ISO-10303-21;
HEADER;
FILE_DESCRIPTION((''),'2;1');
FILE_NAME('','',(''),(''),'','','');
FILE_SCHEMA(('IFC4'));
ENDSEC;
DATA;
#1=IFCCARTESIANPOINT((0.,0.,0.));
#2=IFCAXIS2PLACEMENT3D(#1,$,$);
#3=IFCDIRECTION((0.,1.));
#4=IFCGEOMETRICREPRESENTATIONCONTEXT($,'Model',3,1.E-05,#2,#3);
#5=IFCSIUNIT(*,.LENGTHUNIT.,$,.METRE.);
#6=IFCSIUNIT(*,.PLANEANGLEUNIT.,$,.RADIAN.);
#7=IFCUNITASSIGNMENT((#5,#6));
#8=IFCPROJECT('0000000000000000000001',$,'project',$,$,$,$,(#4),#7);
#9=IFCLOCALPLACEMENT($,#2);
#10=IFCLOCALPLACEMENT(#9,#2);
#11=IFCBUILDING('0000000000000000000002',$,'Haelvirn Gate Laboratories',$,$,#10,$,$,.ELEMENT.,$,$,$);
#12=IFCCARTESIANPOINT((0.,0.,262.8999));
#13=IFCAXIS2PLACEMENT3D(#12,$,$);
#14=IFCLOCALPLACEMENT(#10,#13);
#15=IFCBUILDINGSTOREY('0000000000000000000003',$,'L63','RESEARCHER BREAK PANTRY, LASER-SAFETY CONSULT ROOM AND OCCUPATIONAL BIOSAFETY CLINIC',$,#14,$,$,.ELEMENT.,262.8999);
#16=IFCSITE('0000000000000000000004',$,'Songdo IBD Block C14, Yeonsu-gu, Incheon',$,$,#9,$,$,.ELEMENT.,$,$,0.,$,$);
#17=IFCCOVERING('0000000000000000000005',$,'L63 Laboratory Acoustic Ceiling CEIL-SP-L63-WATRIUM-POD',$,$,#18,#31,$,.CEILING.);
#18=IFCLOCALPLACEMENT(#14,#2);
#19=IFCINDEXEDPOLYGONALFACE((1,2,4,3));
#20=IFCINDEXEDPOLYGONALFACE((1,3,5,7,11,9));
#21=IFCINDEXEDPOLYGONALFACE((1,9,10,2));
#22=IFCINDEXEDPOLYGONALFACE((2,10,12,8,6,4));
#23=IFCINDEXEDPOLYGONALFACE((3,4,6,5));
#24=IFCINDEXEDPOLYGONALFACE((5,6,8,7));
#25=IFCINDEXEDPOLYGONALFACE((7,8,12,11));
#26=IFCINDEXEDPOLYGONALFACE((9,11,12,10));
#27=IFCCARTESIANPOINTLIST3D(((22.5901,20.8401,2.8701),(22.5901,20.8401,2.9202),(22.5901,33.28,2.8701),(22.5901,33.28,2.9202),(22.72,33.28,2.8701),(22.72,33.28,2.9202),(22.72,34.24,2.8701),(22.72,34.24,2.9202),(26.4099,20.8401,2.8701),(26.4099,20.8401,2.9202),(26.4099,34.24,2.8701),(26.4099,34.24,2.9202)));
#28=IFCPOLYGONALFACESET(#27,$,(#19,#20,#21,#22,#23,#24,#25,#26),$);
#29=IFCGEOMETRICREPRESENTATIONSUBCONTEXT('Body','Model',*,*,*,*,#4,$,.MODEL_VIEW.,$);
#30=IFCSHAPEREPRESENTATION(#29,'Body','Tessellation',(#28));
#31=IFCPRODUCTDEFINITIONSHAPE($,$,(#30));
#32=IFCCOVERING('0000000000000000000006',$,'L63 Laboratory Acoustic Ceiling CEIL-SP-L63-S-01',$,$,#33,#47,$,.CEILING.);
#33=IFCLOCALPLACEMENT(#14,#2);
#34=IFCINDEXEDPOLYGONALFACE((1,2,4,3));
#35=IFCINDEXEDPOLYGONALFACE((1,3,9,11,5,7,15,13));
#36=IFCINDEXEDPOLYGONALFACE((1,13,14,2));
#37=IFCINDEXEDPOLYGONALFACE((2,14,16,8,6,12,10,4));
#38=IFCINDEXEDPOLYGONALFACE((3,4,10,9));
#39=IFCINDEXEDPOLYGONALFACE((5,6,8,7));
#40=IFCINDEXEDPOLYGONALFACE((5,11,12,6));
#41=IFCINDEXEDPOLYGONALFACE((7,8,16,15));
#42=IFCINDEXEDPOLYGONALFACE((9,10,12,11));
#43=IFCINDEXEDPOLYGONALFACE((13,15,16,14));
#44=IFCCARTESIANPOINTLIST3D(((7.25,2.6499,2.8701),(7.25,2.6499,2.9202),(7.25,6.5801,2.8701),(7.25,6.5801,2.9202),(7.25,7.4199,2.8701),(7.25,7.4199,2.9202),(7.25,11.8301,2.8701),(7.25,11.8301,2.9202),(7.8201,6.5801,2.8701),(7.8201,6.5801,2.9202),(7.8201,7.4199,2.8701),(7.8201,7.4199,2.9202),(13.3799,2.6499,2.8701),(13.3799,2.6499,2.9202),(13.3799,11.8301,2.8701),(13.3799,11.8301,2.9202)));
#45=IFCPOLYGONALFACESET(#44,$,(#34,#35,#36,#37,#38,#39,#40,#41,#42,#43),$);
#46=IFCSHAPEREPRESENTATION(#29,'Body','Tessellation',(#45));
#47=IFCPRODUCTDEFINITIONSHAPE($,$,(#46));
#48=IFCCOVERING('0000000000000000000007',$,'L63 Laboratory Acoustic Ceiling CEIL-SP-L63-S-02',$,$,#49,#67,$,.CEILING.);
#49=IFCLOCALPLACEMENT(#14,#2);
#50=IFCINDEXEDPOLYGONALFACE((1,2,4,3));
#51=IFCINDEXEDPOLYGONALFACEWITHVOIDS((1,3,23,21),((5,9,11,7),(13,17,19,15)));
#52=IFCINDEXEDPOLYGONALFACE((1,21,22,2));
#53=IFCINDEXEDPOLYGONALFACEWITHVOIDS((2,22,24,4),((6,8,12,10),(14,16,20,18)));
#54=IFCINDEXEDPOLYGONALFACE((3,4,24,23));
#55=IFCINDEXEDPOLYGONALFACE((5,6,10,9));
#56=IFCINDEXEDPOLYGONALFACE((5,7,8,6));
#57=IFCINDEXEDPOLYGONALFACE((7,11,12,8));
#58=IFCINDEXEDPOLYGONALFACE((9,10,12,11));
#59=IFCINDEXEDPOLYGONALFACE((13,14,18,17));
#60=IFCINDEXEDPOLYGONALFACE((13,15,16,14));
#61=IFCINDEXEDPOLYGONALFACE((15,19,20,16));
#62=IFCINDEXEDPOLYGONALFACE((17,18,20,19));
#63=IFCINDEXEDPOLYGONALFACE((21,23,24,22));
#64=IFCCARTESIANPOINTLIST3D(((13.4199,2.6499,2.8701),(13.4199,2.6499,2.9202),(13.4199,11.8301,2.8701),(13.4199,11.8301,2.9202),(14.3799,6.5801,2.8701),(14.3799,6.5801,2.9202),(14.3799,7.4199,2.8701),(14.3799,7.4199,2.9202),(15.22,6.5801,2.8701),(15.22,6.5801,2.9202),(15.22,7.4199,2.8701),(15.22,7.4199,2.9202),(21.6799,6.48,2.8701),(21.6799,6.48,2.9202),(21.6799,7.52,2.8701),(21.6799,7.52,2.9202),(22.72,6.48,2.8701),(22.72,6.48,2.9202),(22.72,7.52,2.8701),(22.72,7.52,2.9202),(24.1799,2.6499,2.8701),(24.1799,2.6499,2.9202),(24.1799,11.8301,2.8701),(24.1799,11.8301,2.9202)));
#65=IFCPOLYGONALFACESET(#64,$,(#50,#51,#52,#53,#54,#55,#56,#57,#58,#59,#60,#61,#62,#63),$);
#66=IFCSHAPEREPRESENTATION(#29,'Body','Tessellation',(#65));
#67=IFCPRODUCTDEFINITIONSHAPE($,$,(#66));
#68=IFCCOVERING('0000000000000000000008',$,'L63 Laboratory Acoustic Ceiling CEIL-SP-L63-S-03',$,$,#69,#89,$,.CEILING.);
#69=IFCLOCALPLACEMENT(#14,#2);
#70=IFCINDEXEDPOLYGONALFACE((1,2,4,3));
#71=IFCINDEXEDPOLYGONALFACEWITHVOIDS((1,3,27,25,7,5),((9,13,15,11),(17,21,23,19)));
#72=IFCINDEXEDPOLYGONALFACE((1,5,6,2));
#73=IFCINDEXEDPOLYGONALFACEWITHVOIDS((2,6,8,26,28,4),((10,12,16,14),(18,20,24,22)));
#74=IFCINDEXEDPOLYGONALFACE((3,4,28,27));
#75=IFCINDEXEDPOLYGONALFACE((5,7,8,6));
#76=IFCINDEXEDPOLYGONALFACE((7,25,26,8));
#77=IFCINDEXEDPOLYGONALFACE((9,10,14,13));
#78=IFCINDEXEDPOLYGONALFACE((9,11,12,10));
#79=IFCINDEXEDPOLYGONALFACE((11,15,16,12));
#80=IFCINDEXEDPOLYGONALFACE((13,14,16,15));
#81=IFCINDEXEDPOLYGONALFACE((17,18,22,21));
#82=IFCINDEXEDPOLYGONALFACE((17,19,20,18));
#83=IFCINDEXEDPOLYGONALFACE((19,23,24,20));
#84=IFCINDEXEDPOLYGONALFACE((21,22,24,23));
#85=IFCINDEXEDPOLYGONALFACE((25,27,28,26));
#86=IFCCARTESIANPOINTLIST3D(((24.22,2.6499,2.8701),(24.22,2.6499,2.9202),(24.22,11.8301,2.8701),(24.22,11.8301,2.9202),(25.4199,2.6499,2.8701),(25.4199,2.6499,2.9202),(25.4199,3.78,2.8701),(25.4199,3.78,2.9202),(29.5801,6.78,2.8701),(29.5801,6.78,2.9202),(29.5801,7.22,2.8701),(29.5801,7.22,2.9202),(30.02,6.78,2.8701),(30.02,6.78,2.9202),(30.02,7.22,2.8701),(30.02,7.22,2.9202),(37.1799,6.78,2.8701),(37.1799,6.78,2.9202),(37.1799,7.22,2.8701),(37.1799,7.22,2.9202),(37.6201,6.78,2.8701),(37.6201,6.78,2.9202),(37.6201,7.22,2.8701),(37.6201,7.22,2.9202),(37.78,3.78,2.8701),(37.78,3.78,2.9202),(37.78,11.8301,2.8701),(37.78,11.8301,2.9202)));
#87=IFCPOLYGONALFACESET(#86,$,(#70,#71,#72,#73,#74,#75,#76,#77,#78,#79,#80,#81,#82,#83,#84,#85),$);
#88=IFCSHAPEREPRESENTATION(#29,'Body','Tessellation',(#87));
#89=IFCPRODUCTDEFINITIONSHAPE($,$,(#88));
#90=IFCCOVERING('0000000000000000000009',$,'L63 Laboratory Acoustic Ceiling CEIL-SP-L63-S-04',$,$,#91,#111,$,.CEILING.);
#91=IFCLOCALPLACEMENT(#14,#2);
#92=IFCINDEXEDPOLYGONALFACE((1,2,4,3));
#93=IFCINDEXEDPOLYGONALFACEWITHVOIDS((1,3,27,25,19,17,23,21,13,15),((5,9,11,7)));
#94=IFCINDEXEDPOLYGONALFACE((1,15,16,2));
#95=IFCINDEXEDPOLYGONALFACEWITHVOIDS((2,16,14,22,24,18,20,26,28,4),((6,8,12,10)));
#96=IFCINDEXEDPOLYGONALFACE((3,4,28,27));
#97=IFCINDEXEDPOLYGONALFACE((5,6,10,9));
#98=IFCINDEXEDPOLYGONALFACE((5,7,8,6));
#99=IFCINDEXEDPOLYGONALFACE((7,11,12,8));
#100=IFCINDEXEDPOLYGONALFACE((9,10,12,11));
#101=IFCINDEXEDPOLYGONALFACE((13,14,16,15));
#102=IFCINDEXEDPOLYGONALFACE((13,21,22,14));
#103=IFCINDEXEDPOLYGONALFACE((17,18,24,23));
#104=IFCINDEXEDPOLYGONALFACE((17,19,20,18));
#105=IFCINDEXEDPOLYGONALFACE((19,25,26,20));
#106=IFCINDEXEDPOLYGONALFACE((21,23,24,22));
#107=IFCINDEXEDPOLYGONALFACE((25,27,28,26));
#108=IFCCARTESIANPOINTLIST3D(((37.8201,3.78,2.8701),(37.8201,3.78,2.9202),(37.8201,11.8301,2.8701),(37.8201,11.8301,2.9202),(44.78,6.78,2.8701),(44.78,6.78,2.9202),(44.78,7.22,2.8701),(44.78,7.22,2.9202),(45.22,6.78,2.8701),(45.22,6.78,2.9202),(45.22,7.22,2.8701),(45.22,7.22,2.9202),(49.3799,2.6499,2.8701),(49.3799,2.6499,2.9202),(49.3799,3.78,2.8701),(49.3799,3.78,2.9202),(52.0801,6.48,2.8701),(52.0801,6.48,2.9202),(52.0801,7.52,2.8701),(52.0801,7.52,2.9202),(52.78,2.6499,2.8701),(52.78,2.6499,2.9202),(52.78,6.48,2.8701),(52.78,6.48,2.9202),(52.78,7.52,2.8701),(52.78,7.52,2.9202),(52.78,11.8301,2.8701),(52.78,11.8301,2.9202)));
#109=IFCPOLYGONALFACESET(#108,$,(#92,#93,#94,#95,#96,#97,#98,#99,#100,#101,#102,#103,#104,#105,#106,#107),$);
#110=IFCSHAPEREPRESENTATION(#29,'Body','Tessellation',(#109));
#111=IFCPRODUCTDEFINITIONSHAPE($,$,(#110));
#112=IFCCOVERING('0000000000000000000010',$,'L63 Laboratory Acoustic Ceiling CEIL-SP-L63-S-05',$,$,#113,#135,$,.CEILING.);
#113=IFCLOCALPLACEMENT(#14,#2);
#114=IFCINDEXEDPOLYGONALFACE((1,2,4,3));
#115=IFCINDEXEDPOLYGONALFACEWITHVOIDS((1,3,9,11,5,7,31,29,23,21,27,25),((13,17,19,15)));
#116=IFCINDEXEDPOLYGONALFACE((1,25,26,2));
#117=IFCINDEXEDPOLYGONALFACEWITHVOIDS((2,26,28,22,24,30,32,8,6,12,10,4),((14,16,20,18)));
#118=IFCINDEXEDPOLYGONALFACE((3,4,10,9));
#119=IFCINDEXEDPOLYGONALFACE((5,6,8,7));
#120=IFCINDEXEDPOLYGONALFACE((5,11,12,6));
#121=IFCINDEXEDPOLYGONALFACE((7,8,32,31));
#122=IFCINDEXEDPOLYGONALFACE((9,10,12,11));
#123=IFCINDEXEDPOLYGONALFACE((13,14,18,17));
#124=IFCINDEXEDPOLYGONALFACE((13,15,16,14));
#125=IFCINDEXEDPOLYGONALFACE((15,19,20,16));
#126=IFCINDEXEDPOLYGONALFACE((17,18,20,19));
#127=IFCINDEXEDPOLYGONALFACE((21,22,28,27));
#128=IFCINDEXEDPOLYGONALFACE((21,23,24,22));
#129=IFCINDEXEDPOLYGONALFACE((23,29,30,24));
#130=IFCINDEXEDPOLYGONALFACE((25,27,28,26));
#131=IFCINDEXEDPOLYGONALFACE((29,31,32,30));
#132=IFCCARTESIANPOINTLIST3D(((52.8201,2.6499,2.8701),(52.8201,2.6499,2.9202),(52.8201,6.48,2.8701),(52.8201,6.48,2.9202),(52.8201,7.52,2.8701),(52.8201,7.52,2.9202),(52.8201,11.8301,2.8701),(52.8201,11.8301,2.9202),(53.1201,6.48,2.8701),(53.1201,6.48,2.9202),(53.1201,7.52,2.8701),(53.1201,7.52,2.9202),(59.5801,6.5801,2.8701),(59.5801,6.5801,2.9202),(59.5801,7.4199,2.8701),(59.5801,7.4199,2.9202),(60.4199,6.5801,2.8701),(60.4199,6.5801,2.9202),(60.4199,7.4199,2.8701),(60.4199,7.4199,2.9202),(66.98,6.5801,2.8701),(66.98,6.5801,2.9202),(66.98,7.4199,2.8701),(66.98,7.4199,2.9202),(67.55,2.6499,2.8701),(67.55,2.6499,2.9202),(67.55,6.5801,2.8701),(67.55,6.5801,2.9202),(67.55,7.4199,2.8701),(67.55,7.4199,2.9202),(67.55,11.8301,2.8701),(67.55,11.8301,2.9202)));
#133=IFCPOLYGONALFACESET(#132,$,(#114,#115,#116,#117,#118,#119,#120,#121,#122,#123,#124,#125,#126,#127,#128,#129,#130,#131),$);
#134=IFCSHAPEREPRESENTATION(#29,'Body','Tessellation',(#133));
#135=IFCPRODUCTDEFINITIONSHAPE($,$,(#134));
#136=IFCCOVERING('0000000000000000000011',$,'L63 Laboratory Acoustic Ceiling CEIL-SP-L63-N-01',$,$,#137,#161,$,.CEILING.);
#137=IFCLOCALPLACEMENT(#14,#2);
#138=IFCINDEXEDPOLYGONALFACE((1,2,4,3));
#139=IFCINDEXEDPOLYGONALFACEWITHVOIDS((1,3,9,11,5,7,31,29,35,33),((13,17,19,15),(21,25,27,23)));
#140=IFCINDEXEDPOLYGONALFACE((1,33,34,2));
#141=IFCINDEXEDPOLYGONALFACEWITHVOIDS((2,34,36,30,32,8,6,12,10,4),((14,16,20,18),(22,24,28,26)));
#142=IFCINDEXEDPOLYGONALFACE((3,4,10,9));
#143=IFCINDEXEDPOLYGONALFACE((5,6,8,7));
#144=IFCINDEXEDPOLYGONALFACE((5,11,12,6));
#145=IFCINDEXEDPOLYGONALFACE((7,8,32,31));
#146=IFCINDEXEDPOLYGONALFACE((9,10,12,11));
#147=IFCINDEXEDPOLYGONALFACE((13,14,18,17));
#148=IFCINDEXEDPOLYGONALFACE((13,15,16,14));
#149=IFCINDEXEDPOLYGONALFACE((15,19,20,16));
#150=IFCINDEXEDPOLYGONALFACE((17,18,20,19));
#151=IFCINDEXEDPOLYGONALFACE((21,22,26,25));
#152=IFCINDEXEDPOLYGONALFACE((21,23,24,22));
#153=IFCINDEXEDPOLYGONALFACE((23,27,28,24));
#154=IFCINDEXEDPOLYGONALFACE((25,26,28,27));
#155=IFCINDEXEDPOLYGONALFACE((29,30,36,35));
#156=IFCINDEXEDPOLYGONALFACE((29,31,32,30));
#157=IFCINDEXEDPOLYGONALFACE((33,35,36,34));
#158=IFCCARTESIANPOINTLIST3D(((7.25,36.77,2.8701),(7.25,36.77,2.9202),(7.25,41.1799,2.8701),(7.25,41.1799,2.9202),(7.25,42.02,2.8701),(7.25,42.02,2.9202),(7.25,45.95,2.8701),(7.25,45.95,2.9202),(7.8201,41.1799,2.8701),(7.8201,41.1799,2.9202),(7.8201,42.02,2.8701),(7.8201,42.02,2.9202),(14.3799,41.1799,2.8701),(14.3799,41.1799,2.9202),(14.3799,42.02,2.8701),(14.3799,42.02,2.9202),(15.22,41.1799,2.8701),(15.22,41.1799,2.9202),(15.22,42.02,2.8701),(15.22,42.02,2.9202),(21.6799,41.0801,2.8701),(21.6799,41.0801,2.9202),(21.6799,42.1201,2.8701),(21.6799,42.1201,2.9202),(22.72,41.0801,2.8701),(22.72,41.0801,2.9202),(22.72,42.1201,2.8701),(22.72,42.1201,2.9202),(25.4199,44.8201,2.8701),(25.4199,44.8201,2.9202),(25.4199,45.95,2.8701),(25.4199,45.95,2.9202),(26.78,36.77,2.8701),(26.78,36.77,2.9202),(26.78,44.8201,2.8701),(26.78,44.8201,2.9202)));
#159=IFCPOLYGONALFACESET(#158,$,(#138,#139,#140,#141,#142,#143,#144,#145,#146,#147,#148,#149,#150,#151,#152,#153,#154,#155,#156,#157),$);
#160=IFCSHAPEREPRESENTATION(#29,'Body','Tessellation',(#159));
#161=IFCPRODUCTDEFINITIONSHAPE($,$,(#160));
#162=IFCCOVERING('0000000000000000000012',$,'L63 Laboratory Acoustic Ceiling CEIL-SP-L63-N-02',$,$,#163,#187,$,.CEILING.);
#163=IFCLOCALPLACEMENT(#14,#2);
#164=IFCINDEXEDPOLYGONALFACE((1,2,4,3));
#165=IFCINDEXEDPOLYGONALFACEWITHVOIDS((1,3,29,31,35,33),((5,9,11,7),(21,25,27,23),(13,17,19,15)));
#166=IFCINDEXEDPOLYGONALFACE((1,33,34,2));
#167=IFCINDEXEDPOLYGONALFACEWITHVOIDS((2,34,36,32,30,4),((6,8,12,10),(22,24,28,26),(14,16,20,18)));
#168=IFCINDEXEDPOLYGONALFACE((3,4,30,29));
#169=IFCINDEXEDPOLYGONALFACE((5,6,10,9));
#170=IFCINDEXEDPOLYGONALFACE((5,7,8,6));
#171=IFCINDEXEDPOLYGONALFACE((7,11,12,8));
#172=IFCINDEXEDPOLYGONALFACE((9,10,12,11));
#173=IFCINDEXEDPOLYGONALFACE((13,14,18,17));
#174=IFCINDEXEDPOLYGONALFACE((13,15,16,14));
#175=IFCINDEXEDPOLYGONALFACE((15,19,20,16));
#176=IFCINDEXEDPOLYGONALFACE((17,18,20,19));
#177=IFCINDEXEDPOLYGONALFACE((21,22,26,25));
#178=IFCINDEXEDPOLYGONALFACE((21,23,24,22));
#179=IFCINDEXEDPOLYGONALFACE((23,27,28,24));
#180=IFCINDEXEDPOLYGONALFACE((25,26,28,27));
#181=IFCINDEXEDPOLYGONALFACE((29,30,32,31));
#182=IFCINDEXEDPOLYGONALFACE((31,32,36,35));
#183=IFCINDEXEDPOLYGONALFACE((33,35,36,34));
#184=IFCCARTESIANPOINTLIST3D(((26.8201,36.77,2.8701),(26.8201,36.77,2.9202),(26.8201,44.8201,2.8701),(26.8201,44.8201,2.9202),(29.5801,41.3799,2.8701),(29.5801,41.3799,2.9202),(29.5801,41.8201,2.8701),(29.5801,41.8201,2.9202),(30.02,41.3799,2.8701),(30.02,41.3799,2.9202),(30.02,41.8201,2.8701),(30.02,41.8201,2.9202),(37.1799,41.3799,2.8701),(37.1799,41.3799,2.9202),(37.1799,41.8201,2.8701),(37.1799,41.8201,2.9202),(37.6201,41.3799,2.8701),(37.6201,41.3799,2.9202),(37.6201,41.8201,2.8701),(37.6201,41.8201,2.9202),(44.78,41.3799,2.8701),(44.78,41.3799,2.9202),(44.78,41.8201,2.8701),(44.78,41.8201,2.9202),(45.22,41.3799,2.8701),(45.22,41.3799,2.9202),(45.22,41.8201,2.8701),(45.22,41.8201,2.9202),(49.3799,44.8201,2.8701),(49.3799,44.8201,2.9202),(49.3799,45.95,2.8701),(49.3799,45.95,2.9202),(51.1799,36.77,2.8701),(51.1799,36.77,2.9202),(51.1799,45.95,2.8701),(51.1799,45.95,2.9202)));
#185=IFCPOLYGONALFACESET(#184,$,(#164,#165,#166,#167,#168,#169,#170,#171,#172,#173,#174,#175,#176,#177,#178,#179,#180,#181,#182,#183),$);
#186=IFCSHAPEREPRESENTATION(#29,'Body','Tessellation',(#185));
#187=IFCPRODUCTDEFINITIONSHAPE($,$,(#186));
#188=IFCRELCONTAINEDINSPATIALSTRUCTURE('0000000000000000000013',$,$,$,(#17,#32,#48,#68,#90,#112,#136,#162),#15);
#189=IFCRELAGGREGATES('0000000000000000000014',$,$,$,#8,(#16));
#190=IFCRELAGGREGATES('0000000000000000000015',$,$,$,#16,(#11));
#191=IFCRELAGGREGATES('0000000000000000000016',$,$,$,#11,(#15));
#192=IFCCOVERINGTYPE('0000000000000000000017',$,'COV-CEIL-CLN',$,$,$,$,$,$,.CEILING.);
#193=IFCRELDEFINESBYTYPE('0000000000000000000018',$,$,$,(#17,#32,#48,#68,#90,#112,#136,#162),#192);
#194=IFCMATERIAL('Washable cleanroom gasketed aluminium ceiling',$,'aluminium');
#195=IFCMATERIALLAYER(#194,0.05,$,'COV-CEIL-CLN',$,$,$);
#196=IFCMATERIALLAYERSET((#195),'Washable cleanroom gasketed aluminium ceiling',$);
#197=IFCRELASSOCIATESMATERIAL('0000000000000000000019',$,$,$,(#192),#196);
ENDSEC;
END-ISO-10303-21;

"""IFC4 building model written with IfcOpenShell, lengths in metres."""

from ifc_helpers import new_model, si_unit, direction, frame, origin, place, context, subcontext, project, spatial, polyline, outline, extrude, material, layer, layer_set, type_object, element, save


model = new_model("IFC4")

# Units and contexts
model_context = context("Model", 3, precision=1e-05, world=origin(), true_north=direction((0.0, 1.0)))
body_context = subcontext(model_context, "Body", "Model", "MODEL_VIEW")
ifc_project = project(units=[si_unit("LENGTHUNIT", "METRE"), si_unit("PLANEANGLEUNIT", "RADIAN")], contexts=[model_context])

# Site, building, storey
site_placement = place(None, origin())
site = spatial("IfcSite", under=ifc_project, at=site_placement, Name="Songdo IBD Block C14, Yeonsu-gu, Incheon", CompositionType="ELEMENT", RefElevation=0.0)
building_placement = place(site_placement, origin())
building = spatial("IfcBuilding", under=site, at=building_placement, Name="Haelvirn Gate Laboratories", CompositionType="ELEMENT")
storey_placement = place(building_placement, frame((0.0, 0.0, 262.8999)))
storey = spatial("IfcBuildingStorey", under=building, at=storey_placement, Name="L63", Description="RESEARCHER BREAK PANTRY, LASER-SAFETY CONSULT ROOM AND OCCUPATIONAL BIOSAFETY CLINIC", CompositionType="ELEMENT", Elevation=262.8999)

# Coverings
ifc_material_1 = material(Name="Washable cleanroom gasketed aluminium ceiling", Category="aluminium")
ifc_layer_1 = layer(ifc_material_1, 0.05, Name="COV-CEIL-CLN")
ifc_layer_set_1 = layer_set([ifc_layer_1], Name="Washable cleanroom gasketed aluminium ceiling")
covering_type = type_object("IfcCoveringType", Name="COV-CEIL-CLN", PredefinedType="CEILING", material=ifc_layer_set_1)
covering_1_placement = place(storey_placement, frame((0.0, 0.0, 2.8701)))
element("IfcCovering", 1, at=covering_1_placement, inside=storey, type_object=covering_type, Name="L63 Laboratory Acoustic Ceiling CEIL-SP-L63-WATRIUM-POD", PredefinedType="CEILING", context=body_context, shape_type="SweptSolid", body=[
    extrude(outline(polyline([(26.4099, 34.24), (26.4099, 20.8401), (22.5901, 20.8401), (22.5901, 33.28), (22.72, 33.28), (22.72, 34.24), (26.4099, 34.24)])), origin(), (0.0, 0.0, 1.0), 0.05),
])
covering_2_placement = place(storey_placement, frame((0.0, 0.0, 2.8701)))
element("IfcCovering", 2, at=covering_2_placement, inside=storey, type_object=covering_type, Name="L63 Laboratory Acoustic Ceiling CEIL-SP-L63-S-01", PredefinedType="CEILING", context=body_context, shape_type="SweptSolid", body=[
    extrude(outline(polyline([(7.25, 11.8301), (13.3799, 11.8301), (13.3799, 2.6499), (7.25, 2.6499), (7.25, 6.5801), (7.8201, 6.5801), (7.8201, 7.4199), (7.25, 7.4199), (7.25, 11.8301)])), origin(), (0.0, 0.0, 1.0), 0.05),
])
covering_3_placement = place(storey_placement, frame((0.0, 0.0, 2.8701)))
element("IfcCovering", 3, at=covering_3_placement, inside=storey, type_object=covering_type, Name="L63 Laboratory Acoustic Ceiling CEIL-SP-L63-S-02", PredefinedType="CEILING", context=body_context, shape_type="SweptSolid", body=[
    extrude(outline(polyline([(13.4199, 11.8301), (24.1799, 11.8301), (24.1799, 2.6499), (13.4199, 2.6499), (13.4199, 11.8301)]), holes=[polyline([(14.3799, 7.4199), (14.3799, 6.5801), (15.22, 6.5801), (15.22, 7.4199), (14.3799, 7.4199)]), polyline([(22.72, 7.52), (21.6799, 7.52), (21.6799, 6.48), (22.72, 6.48), (22.72, 7.52)])]), origin(), (0.0, 0.0, 1.0), 0.05),
])
covering_4_placement = place(storey_placement, frame((0.0, 0.0, 2.8701)))
element("IfcCovering", 4, at=covering_4_placement, inside=storey, type_object=covering_type, Name="L63 Laboratory Acoustic Ceiling CEIL-SP-L63-S-03", PredefinedType="CEILING", context=body_context, shape_type="SweptSolid", body=[
    extrude(outline(polyline([(24.22, 2.6499), (24.22, 11.8301), (37.78, 11.8301), (37.78, 3.78), (25.4199, 3.78), (25.4199, 2.6499), (24.22, 2.6499)]), holes=[polyline([(29.5801, 7.22), (29.5801, 6.78), (30.02, 6.78), (30.02, 7.22), (29.5801, 7.22)]), polyline([(37.6201, 7.22), (37.1799, 7.22), (37.1799, 6.78), (37.6201, 6.78), (37.6201, 7.22)])]), origin(), (0.0, 0.0, 1.0), 0.05),
])
covering_5_placement = place(storey_placement, frame((0.0, 0.0, 2.8701)))
element("IfcCovering", 5, at=covering_5_placement, inside=storey, type_object=covering_type, Name="L63 Laboratory Acoustic Ceiling CEIL-SP-L63-S-04", PredefinedType="CEILING", context=body_context, shape_type="SweptSolid", body=[
    extrude(outline(polyline([(37.8201, 11.8301), (52.78, 11.8301), (52.78, 7.52), (52.0801, 7.52), (52.0801, 6.48), (52.78, 6.48), (52.78, 2.6499), (49.3799, 2.6499), (49.3799, 3.78), (37.8201, 3.78), (37.8201, 11.8301)]), holes=[polyline([(45.22, 7.22), (44.78, 7.22), (44.78, 6.78), (45.22, 6.78), (45.22, 7.22)])]), origin(), (0.0, 0.0, 1.0), 0.05),
])
covering_6_placement = place(storey_placement, frame((0.0, 0.0, 2.8701)))
element("IfcCovering", 6, at=covering_6_placement, inside=storey, type_object=covering_type, Name="L63 Laboratory Acoustic Ceiling CEIL-SP-L63-S-05", PredefinedType="CEILING", context=body_context, shape_type="SweptSolid", body=[
    extrude(outline(polyline([(67.55, 7.4199), (66.98, 7.4199), (66.98, 6.5801), (67.55, 6.5801), (67.55, 2.6499), (52.8201, 2.6499), (52.8201, 6.48), (53.1201, 6.48), (53.1201, 7.52), (52.8201, 7.52), (52.8201, 11.8301), (67.55, 11.8301), (67.55, 7.4199)]), holes=[polyline([(59.5801, 7.4199), (59.5801, 6.5801), (60.4199, 6.5801), (60.4199, 7.4199), (59.5801, 7.4199)])]), origin(), (0.0, 0.0, 1.0), 0.05),
])
covering_7_placement = place(storey_placement, frame((0.0, 0.0, 2.8701)))
element("IfcCovering", 7, at=covering_7_placement, inside=storey, type_object=covering_type, Name="L63 Laboratory Acoustic Ceiling CEIL-SP-L63-N-01", PredefinedType="CEILING", context=body_context, shape_type="SweptSolid", body=[
    extrude(outline(polyline([(7.25, 36.77), (7.25, 41.1799), (7.8201, 41.1799), (7.8201, 42.02), (7.25, 42.02), (7.25, 45.95), (25.4199, 45.95), (25.4199, 44.8201), (26.78, 44.8201), (26.78, 36.77), (7.25, 36.77)]), holes=[polyline([(14.3799, 41.1799), (15.22, 41.1799), (15.22, 42.02), (14.3799, 42.02), (14.3799, 41.1799)]), polyline([(21.6799, 42.1201), (21.6799, 41.0801), (22.72, 41.0801), (22.72, 42.1201), (21.6799, 42.1201)])]), origin(), (0.0, 0.0, 1.0), 0.05),
])
covering_8_placement = place(storey_placement, frame((0.0, 0.0, 2.8701)))
element("IfcCovering", 8, at=covering_8_placement, inside=storey, type_object=covering_type, Name="L63 Laboratory Acoustic Ceiling CEIL-SP-L63-N-02", PredefinedType="CEILING", context=body_context, shape_type="SweptSolid", body=[
    extrude(outline(polyline([(51.1799, 36.77), (26.8201, 36.77), (26.8201, 44.8201), (49.3799, 44.8201), (49.3799, 45.95), (51.1799, 45.95), (51.1799, 36.77)]), holes=[polyline([(29.5801, 41.3799), (30.02, 41.3799), (30.02, 41.8201), (29.5801, 41.8201), (29.5801, 41.3799)]), polyline([(37.1799, 41.8201), (37.1799, 41.3799), (37.6201, 41.3799), (37.6201, 41.8201), (37.1799, 41.8201)]), polyline([(45.22, 41.8201), (44.78, 41.8201), (44.78, 41.3799), (45.22, 41.3799), (45.22, 41.8201)])]), origin(), (0.0, 0.0, 1.0), 0.05),
])

save(model, "model.ifc")
